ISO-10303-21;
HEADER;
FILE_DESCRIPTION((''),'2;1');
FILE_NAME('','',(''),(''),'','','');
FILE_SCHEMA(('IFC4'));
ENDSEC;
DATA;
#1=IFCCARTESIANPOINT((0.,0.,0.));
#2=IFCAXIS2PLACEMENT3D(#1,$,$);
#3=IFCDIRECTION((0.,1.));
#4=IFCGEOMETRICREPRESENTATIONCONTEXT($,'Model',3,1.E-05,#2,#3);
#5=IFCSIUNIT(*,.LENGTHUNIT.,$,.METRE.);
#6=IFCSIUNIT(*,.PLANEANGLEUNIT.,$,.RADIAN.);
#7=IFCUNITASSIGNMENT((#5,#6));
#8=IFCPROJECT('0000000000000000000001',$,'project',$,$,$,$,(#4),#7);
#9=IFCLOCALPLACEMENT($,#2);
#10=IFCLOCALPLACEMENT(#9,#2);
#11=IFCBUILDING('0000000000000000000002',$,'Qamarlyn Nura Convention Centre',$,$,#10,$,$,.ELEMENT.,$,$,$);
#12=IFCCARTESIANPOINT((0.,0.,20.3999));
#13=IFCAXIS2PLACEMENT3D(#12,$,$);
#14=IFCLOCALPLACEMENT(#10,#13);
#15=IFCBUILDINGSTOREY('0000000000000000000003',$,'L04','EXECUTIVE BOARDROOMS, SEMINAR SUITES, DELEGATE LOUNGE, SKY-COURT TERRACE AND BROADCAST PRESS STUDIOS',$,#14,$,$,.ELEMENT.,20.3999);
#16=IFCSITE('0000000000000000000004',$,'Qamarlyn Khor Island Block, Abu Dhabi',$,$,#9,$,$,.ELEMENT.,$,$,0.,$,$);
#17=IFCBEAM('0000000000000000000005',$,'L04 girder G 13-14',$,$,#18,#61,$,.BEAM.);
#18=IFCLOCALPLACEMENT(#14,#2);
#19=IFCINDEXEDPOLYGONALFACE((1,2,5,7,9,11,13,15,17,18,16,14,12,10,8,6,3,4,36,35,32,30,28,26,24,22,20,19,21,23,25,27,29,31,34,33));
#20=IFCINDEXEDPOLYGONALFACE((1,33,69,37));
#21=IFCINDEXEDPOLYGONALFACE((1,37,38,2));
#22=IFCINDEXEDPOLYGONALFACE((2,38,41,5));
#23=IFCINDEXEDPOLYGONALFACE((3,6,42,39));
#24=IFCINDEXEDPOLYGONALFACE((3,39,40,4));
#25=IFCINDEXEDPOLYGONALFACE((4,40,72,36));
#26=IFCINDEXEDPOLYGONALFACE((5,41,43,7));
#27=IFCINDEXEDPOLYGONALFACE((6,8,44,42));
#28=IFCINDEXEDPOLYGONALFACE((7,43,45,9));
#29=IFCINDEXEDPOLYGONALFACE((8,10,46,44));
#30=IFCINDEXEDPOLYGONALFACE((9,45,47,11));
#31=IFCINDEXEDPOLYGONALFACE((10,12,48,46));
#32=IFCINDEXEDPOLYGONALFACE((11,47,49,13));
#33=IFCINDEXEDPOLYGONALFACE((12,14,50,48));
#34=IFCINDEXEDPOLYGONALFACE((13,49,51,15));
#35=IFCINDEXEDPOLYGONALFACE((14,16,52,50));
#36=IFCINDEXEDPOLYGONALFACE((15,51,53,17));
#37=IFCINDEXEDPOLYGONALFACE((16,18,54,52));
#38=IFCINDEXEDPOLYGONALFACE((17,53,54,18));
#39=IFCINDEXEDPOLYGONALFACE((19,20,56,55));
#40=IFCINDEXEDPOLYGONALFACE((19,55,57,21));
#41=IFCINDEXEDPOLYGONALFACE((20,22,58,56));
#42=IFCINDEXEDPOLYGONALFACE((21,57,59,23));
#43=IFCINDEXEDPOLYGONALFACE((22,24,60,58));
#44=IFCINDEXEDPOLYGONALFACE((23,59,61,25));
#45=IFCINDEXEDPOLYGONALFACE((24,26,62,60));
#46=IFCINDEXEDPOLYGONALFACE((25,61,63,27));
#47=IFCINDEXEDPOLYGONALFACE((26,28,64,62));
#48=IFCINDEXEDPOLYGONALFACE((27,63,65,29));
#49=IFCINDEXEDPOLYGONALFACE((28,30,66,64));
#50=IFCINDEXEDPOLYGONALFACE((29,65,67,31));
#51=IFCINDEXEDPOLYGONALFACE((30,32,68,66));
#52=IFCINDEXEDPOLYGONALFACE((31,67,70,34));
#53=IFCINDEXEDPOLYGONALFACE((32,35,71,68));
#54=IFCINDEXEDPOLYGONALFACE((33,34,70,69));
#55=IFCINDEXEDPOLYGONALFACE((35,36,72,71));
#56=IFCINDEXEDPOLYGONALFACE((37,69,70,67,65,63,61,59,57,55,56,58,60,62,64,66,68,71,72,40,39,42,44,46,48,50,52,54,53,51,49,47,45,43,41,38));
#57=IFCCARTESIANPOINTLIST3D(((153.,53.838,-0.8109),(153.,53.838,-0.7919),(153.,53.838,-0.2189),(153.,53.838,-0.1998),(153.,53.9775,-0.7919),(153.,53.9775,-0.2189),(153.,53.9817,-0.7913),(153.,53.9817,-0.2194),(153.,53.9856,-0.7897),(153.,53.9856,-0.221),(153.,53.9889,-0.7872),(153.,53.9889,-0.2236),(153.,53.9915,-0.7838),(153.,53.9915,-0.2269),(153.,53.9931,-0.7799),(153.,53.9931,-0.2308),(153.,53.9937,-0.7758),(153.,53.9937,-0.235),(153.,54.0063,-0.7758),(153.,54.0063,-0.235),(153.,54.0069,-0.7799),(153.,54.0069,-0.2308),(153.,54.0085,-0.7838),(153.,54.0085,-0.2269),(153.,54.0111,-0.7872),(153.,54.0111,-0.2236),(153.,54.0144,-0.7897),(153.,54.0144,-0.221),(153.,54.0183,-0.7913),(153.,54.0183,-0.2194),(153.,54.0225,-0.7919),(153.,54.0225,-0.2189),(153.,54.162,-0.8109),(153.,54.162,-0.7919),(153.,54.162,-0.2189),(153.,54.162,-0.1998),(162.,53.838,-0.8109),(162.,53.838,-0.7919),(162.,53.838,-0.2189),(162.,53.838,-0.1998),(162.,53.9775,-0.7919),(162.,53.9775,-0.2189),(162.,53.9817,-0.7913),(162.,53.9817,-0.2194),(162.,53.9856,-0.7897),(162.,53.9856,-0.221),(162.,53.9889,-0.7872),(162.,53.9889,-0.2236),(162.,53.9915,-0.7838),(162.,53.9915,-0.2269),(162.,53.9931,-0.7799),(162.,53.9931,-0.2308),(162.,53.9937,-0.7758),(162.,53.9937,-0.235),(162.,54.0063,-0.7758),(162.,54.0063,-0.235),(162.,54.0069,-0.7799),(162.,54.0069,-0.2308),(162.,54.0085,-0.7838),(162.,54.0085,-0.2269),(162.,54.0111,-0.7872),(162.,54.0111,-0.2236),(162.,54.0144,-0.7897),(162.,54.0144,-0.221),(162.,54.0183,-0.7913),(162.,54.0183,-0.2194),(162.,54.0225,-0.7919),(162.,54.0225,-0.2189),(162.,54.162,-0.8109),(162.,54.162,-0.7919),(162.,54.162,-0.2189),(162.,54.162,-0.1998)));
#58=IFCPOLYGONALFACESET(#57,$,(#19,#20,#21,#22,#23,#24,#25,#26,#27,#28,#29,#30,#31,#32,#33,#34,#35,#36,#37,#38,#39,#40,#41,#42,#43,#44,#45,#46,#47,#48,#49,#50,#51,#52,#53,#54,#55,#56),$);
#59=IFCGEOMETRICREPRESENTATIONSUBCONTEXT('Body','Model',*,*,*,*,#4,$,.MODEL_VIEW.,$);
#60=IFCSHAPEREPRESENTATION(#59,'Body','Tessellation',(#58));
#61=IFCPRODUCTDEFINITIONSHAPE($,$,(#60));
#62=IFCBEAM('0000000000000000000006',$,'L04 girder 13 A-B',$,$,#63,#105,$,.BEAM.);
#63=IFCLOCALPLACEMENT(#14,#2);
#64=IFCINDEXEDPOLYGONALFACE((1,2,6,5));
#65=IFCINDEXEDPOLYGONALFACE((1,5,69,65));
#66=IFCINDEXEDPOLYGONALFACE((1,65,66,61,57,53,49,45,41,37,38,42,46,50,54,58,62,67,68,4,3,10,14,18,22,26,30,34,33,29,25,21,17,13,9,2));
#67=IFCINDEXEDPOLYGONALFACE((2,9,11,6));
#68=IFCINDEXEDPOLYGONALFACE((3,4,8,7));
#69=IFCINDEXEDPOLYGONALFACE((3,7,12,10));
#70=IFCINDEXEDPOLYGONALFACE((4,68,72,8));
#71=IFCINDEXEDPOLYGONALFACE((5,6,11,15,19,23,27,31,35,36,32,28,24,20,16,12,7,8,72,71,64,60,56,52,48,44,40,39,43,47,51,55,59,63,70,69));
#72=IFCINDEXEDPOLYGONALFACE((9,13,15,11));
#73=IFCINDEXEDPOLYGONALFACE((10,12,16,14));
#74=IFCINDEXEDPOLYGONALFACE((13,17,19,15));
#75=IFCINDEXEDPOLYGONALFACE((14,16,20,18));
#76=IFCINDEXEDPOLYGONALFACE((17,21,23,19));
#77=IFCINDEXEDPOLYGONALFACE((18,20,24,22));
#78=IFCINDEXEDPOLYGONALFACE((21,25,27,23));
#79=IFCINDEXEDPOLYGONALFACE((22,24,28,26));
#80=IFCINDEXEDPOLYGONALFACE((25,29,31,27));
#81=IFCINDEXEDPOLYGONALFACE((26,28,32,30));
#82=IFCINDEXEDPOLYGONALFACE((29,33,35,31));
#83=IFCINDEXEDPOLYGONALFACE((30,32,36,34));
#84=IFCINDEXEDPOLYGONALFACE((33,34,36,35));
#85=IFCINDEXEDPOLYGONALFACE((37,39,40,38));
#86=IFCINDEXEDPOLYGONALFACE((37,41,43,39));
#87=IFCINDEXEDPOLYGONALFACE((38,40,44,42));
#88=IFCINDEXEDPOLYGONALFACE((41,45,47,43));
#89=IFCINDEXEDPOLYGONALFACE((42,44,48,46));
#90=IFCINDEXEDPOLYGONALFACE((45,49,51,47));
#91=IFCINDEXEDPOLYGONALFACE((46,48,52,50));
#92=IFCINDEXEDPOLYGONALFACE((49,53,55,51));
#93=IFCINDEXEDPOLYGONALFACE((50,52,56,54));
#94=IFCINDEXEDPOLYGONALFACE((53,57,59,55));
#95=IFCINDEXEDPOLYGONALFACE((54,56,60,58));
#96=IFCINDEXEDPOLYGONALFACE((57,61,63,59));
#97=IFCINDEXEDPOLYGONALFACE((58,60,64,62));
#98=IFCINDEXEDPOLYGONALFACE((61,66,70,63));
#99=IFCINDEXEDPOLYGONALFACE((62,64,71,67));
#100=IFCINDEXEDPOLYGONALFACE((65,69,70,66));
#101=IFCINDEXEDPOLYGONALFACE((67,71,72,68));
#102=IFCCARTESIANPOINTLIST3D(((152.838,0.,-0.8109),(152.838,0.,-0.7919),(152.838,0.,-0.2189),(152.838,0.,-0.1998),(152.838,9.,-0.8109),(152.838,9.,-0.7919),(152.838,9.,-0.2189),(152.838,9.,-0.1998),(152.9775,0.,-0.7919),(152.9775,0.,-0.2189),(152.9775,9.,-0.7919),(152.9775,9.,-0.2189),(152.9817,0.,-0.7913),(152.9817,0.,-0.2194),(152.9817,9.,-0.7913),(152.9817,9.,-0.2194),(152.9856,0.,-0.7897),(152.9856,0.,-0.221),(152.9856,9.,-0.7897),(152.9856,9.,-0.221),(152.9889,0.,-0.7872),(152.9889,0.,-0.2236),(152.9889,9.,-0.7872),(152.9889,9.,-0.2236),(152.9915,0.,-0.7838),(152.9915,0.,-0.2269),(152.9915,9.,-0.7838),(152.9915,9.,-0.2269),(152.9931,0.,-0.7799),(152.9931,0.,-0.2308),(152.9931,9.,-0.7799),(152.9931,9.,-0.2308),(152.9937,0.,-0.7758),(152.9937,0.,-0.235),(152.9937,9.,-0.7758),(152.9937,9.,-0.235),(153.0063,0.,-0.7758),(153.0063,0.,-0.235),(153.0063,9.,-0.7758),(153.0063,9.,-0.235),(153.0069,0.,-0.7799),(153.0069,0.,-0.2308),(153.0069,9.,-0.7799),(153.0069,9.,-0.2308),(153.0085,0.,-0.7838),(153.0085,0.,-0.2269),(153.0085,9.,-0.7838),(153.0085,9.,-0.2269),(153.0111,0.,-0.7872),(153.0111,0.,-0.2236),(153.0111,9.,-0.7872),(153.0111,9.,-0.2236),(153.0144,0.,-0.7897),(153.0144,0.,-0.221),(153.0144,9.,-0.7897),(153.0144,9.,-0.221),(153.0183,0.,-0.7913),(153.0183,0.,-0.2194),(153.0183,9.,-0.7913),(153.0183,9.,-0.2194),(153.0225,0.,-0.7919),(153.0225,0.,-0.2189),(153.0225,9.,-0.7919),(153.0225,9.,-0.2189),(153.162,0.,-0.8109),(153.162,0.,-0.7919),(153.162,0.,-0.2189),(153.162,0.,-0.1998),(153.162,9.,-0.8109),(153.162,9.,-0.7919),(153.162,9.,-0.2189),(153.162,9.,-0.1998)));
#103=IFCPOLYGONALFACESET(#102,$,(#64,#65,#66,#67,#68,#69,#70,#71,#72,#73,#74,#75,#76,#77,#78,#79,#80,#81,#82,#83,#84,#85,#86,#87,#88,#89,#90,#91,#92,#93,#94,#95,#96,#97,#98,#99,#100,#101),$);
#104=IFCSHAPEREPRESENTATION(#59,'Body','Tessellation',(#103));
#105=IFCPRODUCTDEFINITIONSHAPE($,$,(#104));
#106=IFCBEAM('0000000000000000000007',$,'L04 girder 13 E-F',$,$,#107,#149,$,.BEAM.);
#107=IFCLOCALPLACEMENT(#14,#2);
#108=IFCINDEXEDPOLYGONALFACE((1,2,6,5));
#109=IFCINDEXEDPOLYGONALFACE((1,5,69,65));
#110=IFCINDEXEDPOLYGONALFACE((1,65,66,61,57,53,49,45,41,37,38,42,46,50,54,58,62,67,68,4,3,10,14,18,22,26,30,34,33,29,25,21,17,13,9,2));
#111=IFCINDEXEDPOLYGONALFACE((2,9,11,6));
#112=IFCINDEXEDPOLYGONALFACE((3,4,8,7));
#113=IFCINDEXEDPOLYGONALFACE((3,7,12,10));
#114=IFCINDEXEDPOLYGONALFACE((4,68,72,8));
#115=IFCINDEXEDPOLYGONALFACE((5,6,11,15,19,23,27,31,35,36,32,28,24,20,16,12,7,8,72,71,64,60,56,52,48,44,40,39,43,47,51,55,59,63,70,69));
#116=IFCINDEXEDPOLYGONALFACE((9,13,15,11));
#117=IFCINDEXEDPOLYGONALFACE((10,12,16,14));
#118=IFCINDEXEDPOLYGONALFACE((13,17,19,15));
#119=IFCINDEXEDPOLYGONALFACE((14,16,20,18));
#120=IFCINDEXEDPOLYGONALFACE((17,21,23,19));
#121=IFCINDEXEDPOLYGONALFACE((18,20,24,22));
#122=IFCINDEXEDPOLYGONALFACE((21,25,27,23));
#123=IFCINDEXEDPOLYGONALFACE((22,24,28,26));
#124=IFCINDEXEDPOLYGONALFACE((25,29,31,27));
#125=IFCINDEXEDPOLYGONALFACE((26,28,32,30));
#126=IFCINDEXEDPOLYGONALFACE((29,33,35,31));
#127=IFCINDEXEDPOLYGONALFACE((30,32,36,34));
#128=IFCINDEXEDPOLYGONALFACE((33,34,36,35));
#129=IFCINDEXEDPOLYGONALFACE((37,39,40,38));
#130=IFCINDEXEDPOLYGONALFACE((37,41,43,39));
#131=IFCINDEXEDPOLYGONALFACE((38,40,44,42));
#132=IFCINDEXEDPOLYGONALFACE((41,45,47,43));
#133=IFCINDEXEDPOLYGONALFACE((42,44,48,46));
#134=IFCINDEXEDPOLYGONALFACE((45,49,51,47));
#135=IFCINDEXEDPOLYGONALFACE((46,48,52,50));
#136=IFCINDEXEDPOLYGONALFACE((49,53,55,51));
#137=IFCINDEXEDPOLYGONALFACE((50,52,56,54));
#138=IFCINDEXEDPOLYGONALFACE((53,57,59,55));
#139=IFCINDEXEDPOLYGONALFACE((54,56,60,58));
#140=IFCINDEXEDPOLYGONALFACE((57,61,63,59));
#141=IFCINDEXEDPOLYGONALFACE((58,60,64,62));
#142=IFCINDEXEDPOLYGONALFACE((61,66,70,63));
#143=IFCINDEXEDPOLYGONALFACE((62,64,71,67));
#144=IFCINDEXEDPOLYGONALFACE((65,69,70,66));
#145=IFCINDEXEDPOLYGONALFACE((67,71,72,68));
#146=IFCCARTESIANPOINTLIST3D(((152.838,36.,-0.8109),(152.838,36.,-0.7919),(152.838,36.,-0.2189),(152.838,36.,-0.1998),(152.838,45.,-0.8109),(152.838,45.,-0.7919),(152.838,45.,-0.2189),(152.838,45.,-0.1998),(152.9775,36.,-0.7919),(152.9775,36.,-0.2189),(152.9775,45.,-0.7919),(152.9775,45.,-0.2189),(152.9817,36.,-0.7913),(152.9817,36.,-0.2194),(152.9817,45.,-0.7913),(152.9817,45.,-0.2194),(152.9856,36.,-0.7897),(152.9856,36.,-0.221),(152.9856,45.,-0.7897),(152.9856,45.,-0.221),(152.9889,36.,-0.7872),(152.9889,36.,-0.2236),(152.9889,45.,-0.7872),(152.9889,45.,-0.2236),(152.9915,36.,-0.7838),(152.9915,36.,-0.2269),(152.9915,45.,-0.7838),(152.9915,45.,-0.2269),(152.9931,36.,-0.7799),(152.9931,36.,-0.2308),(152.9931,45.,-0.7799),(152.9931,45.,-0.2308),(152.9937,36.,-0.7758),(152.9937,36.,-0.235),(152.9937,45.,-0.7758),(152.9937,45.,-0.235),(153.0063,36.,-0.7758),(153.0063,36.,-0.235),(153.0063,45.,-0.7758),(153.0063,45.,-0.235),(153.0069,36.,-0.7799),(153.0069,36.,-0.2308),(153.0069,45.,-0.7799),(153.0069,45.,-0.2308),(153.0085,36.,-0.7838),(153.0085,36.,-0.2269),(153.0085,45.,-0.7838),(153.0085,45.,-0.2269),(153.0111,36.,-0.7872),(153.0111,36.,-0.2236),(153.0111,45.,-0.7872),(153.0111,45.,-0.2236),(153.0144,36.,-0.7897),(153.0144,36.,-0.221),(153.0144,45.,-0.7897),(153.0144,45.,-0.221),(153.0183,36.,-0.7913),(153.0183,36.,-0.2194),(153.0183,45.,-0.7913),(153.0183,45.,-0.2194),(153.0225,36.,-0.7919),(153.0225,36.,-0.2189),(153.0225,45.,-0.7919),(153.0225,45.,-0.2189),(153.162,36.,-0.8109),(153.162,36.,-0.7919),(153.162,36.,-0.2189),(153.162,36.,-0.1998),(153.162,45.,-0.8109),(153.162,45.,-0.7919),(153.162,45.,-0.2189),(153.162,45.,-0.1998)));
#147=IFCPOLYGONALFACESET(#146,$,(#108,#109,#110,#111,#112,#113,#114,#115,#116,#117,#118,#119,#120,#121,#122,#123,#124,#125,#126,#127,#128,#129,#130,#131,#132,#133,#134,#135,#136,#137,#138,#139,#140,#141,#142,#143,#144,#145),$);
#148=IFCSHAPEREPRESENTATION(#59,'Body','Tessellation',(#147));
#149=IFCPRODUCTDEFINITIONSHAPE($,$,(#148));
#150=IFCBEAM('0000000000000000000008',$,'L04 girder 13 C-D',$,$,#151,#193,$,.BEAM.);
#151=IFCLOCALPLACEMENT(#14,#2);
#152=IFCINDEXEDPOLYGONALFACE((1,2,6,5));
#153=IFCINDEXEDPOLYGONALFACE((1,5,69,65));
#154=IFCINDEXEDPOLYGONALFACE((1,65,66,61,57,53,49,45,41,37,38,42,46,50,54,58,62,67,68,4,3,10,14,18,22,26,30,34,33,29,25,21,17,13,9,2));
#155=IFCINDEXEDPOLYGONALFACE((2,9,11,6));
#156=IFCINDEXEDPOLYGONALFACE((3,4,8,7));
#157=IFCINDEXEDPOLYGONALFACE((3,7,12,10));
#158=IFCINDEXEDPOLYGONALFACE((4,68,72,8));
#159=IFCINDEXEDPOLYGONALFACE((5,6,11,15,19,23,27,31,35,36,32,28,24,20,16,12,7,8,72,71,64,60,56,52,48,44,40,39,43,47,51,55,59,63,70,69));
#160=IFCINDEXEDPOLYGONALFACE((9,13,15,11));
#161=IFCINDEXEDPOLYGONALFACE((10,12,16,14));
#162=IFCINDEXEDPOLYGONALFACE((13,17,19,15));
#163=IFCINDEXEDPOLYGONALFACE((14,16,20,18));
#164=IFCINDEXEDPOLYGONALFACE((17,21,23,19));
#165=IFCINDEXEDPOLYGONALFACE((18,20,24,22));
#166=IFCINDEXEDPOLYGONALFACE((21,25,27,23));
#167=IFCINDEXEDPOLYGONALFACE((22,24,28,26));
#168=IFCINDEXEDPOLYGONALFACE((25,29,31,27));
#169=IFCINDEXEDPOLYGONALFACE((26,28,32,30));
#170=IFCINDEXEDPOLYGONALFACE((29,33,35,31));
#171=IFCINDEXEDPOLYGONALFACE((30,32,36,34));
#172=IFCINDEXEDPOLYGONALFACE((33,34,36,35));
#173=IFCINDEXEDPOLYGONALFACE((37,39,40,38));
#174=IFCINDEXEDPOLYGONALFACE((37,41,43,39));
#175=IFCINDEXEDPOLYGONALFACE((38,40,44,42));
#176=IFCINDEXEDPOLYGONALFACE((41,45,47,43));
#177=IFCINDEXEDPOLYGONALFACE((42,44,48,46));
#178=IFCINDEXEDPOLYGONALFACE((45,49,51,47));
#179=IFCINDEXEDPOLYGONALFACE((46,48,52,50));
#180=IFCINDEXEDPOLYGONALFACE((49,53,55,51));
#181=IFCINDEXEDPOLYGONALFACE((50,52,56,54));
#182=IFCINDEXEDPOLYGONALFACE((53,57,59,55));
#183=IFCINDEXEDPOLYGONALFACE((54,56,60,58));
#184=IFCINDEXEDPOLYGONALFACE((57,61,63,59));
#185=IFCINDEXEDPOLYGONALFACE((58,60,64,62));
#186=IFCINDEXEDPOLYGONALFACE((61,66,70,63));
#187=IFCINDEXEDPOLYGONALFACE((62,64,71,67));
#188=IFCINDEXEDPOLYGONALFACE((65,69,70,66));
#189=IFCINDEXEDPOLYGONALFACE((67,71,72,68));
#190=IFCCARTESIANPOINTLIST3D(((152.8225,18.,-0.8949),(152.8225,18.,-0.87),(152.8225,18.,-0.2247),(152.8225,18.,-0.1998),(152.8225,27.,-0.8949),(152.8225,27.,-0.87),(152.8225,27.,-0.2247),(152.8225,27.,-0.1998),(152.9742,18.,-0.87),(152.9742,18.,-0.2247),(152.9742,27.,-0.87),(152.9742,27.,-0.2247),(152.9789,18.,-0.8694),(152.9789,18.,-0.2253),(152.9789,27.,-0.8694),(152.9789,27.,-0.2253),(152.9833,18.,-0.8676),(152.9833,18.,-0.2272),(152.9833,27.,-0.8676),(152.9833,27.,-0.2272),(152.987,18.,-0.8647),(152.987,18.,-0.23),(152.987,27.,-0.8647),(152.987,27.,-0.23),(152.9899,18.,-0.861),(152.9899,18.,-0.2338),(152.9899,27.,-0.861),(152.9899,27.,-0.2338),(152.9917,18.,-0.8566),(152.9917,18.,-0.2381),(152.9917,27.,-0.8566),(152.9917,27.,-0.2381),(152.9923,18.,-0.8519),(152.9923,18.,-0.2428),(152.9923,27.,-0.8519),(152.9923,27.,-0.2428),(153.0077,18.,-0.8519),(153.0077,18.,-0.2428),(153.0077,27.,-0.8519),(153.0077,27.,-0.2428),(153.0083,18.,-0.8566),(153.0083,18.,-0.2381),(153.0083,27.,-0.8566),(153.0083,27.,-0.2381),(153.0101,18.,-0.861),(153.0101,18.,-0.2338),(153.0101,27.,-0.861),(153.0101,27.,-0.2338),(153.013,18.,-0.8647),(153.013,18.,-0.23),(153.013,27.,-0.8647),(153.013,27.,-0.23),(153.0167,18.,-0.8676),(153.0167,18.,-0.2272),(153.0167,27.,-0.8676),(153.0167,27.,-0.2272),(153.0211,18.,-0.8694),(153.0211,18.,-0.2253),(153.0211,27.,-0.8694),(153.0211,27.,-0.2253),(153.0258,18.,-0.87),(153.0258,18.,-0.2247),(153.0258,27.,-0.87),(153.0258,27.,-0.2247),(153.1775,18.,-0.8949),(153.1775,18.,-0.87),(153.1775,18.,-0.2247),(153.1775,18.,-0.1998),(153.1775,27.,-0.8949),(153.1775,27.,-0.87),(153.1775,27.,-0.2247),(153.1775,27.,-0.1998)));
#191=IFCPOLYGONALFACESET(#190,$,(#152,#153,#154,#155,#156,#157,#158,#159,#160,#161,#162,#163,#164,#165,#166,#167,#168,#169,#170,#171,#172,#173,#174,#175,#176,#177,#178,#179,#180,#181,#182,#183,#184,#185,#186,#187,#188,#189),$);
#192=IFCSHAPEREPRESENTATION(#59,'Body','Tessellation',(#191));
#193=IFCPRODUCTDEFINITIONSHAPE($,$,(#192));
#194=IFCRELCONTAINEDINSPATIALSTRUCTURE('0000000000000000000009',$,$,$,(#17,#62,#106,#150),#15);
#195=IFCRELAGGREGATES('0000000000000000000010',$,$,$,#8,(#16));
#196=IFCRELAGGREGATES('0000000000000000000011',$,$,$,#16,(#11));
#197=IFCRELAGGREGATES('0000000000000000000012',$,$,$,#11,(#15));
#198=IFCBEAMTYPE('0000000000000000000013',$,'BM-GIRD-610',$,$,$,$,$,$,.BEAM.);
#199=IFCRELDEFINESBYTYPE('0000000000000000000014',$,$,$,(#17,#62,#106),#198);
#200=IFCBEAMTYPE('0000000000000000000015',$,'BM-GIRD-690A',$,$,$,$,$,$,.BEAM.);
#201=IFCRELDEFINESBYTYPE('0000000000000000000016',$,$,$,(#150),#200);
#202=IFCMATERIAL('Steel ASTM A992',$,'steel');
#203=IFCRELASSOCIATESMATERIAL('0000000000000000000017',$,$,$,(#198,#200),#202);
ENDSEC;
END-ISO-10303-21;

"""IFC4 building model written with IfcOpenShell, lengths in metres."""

from ifc_helpers import new_model, si_unit, direction, frame, origin, origin_2d, place, context, subcontext, project, spatial, i_section, extrude, material, material_profile, profile_set, type_object, element, save


model = new_model("IFC4")

# Units and contexts
model_context = context("Model", 3, precision=1e-05, world=origin(), true_north=direction((0.0, 1.0)))
body_context = subcontext(model_context, "Body", "Model", "MODEL_VIEW")
ifc_project = project(units=[si_unit("LENGTHUNIT", "METRE"), si_unit("PLANEANGLEUNIT", "RADIAN")], contexts=[model_context])

# Site, building, storey
site_placement = place(None, origin())
site = spatial("IfcSite", under=ifc_project, at=site_placement, Name="Qamarlyn Khor Island Block, Abu Dhabi", CompositionType="ELEMENT", RefElevation=0.0)
building_placement = place(site_placement, origin())
building = spatial("IfcBuilding", under=site, at=building_placement, Name="Qamarlyn Nura Convention Centre", CompositionType="ELEMENT")
storey_placement = place(building_placement, frame((0.0, 0.0, 20.3999)))
storey = spatial("IfcBuildingStorey", under=building, at=storey_placement, Name="L04", Description="EXECUTIVE BOARDROOMS, SEMINAR SUITES, DELEGATE LOUNGE, SKY-COURT TERRACE AND BROADCAST PRESS STUDIOS", CompositionType="ELEMENT", Elevation=20.3999)

# Shared definitions
ifc_material_1 = material(Name="Steel ASTM A992", Category="steel")

# Beams
ifc_material_profile_1 = material_profile(ifc_material_1, i_section(OverallWidth=0.324, OverallDepth=0.6111, WebThickness=0.0127, FlangeThickness=0.019, FilletRadius=0.0161, at=origin_2d()), Name="W610X155")
ifc_profile_set_1 = profile_set([ifc_material_profile_1], Name="Steel ASTM A992")
beam_type_1 = type_object("IfcBeamType", Name="BM-GIRD-610", PredefinedType="BEAM", material=ifc_profile_set_1)
for number, where, z_axis, x_axis, name in (
    (1, (153.0, 54.0, -0.5054), (1.0, 0.0, 0.0), (0.0, 1.0, 0.0), "L04 girder G 13-14"),
    (2, (153.0, 0.0, -0.5054), (0.0, 1.0, 0.0), (-1.0, 0.0, 0.0), "L04 girder 13 A-B"),
    (3, (153.0, 36.0, -0.5054), (0.0, 1.0, 0.0), (-1.0, 0.0, 0.0), "L04 girder 13 E-F"),
):
    element("IfcBeam", number, at=place(storey_placement, frame(where, z_axis=z_axis, x_axis=x_axis)), inside=storey, type_object=beam_type_1, Name=name, PredefinedType="BEAM", context=body_context, shape_type="SweptSolid", body=[
        extrude(i_section(OverallWidth=0.324, OverallDepth=0.6111, WebThickness=0.0127, FlangeThickness=0.019, FilletRadius=0.0161, at=origin_2d()), origin(), (0.0, 0.0, 1.0), 9.0),
    ])
ifc_material_profile_2 = material_profile(ifc_material_1, i_section(OverallWidth=0.355, OverallDepth=0.6951, WebThickness=0.0154, FlangeThickness=0.0249, FilletRadius=0.0181, at=origin_2d()), Name="W690X217")
ifc_profile_set_2 = profile_set([ifc_material_profile_2], Name="Steel ASTM A992")
beam_type_2 = type_object("IfcBeamType", Name="BM-GIRD-690A", PredefinedType="BEAM", material=ifc_profile_set_2)
for number, where, z_axis, x_axis, name in (
    (4, (153.0, 18.0, -0.5474), (0.0, 1.0, 0.0), (-1.0, 0.0, 0.0), "L04 girder 13 C-D"),
):
    element("IfcBeam", number, at=place(storey_placement, frame(where, z_axis=z_axis, x_axis=x_axis)), inside=storey, type_object=beam_type_2, Name=name, PredefinedType="BEAM", context=body_context, shape_type="SweptSolid", body=[
        extrude(i_section(OverallWidth=0.355, OverallDepth=0.6951, WebThickness=0.0154, FlangeThickness=0.0249, FilletRadius=0.0181, at=origin_2d()), origin(), (0.0, 0.0, 1.0), 9.0),
    ])

save(model, "model.ifc")
